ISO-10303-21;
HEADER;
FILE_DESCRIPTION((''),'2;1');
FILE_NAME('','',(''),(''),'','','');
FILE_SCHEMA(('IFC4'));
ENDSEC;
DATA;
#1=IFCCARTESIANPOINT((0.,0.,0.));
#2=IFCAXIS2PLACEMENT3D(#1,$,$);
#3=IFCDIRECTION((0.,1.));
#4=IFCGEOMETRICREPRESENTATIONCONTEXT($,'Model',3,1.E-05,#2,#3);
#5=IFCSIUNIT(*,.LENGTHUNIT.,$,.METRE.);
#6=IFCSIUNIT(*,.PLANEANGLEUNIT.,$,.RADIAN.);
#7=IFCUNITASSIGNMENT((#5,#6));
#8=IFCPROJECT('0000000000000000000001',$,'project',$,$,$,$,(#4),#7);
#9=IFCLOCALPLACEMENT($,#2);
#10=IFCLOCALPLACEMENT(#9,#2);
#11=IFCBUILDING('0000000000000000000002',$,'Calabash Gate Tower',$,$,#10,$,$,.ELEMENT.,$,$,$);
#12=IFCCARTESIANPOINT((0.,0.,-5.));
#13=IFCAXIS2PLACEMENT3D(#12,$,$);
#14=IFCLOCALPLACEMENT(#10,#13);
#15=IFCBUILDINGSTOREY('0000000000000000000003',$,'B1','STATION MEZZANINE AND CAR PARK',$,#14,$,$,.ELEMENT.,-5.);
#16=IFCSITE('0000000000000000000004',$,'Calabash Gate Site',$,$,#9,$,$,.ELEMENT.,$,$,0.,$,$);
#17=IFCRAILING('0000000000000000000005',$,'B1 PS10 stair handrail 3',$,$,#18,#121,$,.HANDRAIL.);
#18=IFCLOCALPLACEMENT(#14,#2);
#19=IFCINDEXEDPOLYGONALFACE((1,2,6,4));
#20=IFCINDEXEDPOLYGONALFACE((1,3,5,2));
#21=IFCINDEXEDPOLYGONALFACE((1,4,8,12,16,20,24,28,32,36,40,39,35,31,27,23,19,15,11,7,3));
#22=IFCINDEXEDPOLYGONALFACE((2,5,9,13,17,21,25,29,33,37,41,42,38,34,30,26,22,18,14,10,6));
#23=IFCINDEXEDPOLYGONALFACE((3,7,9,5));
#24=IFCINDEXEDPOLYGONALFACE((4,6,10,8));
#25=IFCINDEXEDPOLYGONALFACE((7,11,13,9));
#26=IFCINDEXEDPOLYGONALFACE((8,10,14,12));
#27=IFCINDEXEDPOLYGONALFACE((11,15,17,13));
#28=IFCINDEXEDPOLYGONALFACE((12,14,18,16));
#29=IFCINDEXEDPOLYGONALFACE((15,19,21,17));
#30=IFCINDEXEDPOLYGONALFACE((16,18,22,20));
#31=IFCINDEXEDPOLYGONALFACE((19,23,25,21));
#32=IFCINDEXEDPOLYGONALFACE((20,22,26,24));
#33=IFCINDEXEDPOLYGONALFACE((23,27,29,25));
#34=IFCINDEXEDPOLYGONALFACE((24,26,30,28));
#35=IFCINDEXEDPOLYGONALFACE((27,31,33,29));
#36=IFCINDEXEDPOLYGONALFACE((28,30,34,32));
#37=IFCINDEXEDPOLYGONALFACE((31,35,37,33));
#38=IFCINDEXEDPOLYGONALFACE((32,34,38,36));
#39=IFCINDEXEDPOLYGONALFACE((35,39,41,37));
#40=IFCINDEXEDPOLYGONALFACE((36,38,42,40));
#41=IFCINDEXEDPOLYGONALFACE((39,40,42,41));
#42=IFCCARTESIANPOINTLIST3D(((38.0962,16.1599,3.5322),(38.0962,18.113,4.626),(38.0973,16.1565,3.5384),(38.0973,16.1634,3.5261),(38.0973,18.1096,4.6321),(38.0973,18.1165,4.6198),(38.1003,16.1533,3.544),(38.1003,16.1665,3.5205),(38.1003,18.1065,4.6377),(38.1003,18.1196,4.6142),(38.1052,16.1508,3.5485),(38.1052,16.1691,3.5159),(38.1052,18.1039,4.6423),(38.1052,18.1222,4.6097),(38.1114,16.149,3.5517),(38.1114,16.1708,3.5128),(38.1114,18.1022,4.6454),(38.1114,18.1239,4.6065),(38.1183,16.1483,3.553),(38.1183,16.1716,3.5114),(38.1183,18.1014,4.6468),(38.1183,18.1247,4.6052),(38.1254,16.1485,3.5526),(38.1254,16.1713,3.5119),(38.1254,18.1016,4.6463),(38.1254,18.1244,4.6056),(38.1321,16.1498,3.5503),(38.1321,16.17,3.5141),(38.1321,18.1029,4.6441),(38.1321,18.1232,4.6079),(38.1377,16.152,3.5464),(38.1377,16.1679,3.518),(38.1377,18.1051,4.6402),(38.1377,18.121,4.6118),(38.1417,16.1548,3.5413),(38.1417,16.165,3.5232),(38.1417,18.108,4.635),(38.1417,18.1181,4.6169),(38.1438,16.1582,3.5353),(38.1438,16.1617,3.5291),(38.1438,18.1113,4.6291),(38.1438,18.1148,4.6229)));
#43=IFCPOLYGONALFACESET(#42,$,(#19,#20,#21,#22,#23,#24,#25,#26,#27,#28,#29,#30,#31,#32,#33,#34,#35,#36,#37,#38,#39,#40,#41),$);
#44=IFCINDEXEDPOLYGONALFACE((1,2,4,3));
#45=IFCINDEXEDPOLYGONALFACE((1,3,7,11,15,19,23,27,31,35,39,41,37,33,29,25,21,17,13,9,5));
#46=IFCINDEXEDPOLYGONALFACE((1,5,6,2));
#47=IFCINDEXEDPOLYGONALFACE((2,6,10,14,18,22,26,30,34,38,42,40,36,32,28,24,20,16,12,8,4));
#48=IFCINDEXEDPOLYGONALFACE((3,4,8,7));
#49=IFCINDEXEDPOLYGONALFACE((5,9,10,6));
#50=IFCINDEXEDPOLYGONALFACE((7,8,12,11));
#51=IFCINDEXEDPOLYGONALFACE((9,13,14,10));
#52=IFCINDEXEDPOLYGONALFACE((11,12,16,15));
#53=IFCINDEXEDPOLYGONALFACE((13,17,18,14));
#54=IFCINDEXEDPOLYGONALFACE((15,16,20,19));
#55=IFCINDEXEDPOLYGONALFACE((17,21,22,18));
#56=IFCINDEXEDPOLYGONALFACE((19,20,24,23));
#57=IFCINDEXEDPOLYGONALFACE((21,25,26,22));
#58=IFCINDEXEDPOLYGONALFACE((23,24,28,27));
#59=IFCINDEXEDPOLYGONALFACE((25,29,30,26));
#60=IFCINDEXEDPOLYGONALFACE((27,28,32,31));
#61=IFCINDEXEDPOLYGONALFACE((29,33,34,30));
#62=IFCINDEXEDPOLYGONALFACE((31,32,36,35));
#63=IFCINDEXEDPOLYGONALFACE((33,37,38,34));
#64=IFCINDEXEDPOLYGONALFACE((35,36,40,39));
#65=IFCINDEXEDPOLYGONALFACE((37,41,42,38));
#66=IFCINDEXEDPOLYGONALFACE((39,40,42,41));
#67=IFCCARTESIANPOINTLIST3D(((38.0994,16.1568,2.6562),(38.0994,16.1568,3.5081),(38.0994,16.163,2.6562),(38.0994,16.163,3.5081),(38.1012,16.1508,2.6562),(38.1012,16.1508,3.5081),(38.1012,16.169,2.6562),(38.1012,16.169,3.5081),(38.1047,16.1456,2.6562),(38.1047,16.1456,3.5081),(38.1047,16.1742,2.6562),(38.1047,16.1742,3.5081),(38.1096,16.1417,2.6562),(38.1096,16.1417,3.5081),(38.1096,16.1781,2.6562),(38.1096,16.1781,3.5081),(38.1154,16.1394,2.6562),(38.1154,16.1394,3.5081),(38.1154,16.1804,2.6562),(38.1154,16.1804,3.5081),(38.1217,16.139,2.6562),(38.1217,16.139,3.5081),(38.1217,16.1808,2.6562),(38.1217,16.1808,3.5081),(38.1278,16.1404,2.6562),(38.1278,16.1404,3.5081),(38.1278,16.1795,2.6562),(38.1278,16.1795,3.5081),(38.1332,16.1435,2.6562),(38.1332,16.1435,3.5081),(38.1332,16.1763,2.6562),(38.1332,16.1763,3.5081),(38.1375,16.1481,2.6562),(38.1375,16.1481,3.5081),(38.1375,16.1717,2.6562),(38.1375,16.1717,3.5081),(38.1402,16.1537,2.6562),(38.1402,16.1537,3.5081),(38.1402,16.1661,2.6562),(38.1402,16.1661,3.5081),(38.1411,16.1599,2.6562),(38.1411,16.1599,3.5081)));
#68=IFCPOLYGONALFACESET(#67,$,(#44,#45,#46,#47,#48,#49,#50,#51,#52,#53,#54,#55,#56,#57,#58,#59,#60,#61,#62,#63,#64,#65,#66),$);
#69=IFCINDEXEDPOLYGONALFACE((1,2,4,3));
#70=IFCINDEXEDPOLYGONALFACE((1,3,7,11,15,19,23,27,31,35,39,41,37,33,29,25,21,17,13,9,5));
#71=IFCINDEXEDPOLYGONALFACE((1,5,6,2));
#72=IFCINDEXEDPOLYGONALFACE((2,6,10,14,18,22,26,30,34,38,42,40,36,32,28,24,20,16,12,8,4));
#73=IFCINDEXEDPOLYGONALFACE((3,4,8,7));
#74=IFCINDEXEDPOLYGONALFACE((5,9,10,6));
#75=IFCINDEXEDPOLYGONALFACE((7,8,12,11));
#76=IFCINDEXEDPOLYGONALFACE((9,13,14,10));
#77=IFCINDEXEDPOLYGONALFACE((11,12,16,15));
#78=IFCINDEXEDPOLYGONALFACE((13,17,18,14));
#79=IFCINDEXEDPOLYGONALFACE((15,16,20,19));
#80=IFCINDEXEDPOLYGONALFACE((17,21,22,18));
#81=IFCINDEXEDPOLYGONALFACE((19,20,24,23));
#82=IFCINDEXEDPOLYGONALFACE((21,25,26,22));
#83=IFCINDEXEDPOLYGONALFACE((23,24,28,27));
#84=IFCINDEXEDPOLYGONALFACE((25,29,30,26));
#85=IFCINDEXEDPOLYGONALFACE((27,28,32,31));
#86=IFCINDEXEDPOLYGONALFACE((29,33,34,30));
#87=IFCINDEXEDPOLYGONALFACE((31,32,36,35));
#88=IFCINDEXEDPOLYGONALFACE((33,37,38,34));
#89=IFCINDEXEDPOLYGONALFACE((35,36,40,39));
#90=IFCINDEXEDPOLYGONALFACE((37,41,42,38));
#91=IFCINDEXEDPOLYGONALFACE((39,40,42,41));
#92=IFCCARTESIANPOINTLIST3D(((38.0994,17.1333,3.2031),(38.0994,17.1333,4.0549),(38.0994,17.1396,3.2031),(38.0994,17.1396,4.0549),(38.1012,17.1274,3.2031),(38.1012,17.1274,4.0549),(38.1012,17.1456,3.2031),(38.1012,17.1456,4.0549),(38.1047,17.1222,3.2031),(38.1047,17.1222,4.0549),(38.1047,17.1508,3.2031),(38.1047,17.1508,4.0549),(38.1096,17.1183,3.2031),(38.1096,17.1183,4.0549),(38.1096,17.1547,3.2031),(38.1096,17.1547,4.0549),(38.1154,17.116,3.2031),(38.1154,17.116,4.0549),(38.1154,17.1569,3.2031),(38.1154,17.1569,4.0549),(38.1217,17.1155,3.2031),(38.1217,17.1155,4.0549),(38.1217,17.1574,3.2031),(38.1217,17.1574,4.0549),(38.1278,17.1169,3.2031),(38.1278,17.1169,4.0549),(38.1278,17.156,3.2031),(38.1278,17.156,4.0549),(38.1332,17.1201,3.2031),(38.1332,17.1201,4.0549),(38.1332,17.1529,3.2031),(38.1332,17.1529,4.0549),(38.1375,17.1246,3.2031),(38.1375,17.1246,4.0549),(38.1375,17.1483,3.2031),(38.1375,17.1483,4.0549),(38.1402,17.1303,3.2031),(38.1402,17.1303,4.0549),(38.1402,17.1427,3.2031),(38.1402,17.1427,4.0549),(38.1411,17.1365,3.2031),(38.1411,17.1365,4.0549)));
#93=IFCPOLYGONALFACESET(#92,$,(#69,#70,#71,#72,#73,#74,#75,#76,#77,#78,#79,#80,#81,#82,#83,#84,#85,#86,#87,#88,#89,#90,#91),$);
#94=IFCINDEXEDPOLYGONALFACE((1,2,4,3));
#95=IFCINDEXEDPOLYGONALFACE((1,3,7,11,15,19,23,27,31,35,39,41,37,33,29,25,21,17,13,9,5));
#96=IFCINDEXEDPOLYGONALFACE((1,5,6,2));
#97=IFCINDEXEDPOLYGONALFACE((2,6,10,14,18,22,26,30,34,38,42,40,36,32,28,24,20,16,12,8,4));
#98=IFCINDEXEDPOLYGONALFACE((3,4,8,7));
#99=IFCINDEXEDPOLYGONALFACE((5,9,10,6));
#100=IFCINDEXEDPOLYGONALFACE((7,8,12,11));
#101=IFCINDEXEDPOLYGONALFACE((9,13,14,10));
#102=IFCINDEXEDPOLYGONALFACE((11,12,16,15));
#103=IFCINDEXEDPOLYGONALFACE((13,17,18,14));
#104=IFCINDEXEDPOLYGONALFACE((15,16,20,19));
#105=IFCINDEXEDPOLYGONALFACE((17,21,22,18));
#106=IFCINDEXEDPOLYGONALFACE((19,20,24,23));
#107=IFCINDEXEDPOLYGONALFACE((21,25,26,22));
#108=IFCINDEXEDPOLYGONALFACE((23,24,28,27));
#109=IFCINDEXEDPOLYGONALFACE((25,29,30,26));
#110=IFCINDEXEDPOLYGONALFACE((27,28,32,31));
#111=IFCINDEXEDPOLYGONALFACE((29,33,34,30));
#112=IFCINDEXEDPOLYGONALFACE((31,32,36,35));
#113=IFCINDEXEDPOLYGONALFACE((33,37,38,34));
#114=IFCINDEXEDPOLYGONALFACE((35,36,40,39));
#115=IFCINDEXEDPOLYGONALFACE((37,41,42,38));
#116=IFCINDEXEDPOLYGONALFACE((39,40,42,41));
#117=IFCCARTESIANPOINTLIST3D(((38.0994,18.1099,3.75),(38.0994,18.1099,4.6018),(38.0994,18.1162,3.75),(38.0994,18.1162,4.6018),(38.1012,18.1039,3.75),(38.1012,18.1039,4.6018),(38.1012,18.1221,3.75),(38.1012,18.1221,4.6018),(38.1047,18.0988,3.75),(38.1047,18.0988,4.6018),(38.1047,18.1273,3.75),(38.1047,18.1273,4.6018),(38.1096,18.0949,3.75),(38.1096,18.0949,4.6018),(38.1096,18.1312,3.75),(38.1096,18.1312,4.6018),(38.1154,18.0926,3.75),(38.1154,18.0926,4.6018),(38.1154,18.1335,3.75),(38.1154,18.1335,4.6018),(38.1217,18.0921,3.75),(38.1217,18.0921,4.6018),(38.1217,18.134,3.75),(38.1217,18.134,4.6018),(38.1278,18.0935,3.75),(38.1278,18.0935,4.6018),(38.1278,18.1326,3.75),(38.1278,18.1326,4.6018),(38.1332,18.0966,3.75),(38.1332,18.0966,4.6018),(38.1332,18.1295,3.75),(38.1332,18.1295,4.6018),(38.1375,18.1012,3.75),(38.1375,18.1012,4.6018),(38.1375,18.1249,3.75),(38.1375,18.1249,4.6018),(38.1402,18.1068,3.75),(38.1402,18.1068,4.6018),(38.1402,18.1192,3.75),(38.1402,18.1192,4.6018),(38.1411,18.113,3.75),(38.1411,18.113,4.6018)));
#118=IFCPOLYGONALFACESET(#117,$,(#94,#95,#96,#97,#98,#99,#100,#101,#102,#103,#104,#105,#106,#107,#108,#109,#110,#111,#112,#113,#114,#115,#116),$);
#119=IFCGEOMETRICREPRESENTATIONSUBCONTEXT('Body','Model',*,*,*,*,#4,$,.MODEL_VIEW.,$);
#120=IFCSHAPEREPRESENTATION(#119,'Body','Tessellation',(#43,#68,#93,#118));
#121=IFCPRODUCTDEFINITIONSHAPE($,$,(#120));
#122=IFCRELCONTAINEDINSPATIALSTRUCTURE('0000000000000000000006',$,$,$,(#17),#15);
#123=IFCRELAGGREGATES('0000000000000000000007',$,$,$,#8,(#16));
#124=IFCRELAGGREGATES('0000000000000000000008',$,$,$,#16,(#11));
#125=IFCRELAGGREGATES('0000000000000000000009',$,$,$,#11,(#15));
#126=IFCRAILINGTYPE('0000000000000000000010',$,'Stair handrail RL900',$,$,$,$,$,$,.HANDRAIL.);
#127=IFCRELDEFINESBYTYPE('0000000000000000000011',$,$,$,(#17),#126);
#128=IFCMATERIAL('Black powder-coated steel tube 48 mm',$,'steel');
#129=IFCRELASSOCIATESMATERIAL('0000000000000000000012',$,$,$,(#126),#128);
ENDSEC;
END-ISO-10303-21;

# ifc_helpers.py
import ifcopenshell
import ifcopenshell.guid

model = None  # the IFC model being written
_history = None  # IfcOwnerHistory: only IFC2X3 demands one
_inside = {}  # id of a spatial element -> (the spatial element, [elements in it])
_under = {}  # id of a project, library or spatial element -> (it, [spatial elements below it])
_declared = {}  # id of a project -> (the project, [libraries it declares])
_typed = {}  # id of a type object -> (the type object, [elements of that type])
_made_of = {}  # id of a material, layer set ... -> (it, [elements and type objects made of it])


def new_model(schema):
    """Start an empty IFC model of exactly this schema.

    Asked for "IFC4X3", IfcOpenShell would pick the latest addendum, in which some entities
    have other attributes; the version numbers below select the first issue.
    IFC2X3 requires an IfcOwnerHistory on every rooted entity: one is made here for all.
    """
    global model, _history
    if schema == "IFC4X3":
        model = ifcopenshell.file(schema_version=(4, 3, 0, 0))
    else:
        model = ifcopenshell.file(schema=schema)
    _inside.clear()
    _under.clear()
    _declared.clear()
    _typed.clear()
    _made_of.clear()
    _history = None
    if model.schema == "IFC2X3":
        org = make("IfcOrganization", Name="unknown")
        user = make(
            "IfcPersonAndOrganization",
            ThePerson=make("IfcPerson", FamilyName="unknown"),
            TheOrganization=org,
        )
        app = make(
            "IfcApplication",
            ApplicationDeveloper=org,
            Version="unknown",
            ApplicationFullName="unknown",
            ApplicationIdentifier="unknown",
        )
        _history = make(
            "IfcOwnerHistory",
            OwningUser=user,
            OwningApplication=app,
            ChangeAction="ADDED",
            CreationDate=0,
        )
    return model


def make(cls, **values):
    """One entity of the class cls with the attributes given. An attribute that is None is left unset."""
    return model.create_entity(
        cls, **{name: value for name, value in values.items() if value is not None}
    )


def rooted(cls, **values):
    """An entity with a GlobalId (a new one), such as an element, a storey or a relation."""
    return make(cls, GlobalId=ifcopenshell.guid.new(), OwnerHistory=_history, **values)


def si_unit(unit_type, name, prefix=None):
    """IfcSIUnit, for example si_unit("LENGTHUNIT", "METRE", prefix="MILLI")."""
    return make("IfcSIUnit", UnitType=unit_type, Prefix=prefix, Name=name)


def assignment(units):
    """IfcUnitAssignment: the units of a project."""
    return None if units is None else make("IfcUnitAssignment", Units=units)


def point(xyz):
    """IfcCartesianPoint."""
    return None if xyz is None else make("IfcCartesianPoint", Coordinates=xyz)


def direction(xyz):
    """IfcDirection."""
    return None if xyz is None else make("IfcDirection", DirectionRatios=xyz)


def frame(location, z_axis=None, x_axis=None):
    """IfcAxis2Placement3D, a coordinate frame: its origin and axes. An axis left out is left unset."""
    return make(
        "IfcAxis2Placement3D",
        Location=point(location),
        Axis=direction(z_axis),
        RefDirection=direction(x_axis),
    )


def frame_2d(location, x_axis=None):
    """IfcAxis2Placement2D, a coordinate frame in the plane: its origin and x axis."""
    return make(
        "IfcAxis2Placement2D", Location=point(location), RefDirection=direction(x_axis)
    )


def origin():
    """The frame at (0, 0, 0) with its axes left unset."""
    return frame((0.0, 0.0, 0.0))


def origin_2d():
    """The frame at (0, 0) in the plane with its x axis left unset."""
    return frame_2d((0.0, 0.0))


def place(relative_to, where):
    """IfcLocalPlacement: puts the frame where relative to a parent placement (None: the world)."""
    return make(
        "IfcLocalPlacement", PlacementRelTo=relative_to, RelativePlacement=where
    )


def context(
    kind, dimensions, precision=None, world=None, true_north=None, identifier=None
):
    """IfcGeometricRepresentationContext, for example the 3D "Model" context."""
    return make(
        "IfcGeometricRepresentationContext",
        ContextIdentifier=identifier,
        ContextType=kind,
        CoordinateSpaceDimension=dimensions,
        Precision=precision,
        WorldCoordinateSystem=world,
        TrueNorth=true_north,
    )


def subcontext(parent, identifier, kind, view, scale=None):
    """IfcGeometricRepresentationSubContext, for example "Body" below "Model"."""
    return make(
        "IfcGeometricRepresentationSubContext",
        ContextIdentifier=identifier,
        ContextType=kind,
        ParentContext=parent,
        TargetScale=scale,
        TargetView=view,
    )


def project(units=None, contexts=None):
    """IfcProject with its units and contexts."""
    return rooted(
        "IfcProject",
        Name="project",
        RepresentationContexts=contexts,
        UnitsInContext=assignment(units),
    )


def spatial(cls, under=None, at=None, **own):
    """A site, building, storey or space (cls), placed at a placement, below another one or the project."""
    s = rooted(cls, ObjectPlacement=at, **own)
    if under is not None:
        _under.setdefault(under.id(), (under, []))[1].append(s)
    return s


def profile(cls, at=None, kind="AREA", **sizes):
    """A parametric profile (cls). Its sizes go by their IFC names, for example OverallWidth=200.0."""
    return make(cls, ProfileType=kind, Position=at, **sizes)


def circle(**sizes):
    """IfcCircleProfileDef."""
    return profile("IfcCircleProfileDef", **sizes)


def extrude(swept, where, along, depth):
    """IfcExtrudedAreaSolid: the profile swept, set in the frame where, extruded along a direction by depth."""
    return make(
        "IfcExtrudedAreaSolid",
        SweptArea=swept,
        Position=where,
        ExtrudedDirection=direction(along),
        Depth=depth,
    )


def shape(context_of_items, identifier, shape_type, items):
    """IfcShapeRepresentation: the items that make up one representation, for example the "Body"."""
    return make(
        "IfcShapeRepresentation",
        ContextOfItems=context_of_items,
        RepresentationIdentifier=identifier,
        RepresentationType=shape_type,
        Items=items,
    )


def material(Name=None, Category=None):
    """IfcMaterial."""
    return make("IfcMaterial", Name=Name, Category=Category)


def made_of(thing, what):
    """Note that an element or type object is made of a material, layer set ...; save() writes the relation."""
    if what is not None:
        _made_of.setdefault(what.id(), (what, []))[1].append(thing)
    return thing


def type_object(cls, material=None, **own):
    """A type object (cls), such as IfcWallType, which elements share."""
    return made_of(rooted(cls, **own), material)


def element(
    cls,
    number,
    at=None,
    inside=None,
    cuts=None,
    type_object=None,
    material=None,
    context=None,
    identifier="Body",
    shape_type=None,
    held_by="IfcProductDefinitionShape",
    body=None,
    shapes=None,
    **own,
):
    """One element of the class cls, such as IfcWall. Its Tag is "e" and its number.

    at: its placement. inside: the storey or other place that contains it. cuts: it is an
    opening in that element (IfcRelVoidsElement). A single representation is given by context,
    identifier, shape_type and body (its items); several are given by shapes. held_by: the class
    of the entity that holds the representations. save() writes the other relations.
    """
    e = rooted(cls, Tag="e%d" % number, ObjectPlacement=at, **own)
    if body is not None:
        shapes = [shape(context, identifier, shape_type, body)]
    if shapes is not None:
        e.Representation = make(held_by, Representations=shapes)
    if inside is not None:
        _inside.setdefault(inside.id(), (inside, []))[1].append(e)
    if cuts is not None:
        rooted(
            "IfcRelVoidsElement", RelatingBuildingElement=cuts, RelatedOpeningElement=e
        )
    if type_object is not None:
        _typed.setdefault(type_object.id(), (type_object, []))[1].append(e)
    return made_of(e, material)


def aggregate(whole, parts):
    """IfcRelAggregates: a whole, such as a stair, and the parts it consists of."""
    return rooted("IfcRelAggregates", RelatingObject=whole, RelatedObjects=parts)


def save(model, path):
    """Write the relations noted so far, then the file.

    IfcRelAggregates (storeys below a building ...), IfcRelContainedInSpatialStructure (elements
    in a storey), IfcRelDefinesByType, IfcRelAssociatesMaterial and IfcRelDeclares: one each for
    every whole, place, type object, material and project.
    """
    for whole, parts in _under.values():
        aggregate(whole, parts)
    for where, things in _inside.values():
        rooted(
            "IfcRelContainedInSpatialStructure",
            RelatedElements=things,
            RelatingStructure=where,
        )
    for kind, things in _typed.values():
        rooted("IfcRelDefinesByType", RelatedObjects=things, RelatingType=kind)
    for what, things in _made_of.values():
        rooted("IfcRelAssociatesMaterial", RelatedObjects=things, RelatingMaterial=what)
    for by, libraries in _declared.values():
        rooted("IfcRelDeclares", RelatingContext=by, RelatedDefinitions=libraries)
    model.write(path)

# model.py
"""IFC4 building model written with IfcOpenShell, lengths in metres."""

from ifc_helpers import new_model, si_unit, direction, frame, origin, origin_2d, place, context, subcontext, project, spatial, circle, extrude, material, type_object, element, save


model = new_model("IFC4")

# Units and contexts
model_context = context("Model", 3, precision=1e-05, world=origin(), true_north=direction((0.0, 1.0)))
body_context = subcontext(model_context, "Body", "Model", "MODEL_VIEW")
ifc_project = project(units=[si_unit("LENGTHUNIT", "METRE"), si_unit("PLANEANGLEUNIT", "RADIAN")], contexts=[model_context])

# Site, building, storey
site_placement = place(None, origin())
site = spatial("IfcSite", under=ifc_project, at=site_placement, Name="Calabash Gate Site", CompositionType="ELEMENT", RefElevation=0.0)
building_placement = place(site_placement, origin())
building = spatial("IfcBuilding", under=site, at=building_placement, Name="Calabash Gate Tower", CompositionType="ELEMENT")
storey_placement = place(building_placement, frame((0.0, 0.0, -5.0)))
storey = spatial("IfcBuildingStorey", under=building, at=storey_placement, Name="B1", Description="STATION MEZZANINE AND CAR PARK", CompositionType="ELEMENT", Elevation=-5.0)

# Railing
ifc_material_1 = material(Name="Black powder-coated steel tube 48 mm", Category="steel")
railing_type_1 = type_object("IfcRailingType", Name="Stair handrail RL900", PredefinedType="HANDRAIL", material=ifc_material_1)
for number, where, name in (
    (1, (38.1201, 16.1599, 2.6562), "B1 PS10 stair handrail 3"),
):
    element("IfcRailing", number, at=place(storey_placement, frame(where)), inside=storey, type_object=railing_type_1, Name=name, PredefinedType="HANDRAIL", context=body_context, shape_type="SweptSolid", body=[
        extrude(circle(Radius=0.0239, at=origin_2d()), frame((0.0, 0.0, 0.876), z_axis=(0.0, 0.872506, 0.488603), x_axis=(-1.0, 0.0, 0.0)), (0.0, 0.0, 1.0), 2.2385),
        extrude(circle(Radius=0.021, at=origin_2d()), origin(), (0.0, 0.0, 1.0), 0.8518),
        extrude(circle(Radius=0.021, at=origin_2d()), frame((0.0, 0.9766, 0.5469)), (0.0, 0.0, 1.0), 0.8518),
        extrude(circle(Radius=0.021, at=origin_2d()), frame((0.0, 1.9531, 1.0938)), (0.0, 0.0, 1.0), 0.8518),
    ])

save(model, "model.ifc")
